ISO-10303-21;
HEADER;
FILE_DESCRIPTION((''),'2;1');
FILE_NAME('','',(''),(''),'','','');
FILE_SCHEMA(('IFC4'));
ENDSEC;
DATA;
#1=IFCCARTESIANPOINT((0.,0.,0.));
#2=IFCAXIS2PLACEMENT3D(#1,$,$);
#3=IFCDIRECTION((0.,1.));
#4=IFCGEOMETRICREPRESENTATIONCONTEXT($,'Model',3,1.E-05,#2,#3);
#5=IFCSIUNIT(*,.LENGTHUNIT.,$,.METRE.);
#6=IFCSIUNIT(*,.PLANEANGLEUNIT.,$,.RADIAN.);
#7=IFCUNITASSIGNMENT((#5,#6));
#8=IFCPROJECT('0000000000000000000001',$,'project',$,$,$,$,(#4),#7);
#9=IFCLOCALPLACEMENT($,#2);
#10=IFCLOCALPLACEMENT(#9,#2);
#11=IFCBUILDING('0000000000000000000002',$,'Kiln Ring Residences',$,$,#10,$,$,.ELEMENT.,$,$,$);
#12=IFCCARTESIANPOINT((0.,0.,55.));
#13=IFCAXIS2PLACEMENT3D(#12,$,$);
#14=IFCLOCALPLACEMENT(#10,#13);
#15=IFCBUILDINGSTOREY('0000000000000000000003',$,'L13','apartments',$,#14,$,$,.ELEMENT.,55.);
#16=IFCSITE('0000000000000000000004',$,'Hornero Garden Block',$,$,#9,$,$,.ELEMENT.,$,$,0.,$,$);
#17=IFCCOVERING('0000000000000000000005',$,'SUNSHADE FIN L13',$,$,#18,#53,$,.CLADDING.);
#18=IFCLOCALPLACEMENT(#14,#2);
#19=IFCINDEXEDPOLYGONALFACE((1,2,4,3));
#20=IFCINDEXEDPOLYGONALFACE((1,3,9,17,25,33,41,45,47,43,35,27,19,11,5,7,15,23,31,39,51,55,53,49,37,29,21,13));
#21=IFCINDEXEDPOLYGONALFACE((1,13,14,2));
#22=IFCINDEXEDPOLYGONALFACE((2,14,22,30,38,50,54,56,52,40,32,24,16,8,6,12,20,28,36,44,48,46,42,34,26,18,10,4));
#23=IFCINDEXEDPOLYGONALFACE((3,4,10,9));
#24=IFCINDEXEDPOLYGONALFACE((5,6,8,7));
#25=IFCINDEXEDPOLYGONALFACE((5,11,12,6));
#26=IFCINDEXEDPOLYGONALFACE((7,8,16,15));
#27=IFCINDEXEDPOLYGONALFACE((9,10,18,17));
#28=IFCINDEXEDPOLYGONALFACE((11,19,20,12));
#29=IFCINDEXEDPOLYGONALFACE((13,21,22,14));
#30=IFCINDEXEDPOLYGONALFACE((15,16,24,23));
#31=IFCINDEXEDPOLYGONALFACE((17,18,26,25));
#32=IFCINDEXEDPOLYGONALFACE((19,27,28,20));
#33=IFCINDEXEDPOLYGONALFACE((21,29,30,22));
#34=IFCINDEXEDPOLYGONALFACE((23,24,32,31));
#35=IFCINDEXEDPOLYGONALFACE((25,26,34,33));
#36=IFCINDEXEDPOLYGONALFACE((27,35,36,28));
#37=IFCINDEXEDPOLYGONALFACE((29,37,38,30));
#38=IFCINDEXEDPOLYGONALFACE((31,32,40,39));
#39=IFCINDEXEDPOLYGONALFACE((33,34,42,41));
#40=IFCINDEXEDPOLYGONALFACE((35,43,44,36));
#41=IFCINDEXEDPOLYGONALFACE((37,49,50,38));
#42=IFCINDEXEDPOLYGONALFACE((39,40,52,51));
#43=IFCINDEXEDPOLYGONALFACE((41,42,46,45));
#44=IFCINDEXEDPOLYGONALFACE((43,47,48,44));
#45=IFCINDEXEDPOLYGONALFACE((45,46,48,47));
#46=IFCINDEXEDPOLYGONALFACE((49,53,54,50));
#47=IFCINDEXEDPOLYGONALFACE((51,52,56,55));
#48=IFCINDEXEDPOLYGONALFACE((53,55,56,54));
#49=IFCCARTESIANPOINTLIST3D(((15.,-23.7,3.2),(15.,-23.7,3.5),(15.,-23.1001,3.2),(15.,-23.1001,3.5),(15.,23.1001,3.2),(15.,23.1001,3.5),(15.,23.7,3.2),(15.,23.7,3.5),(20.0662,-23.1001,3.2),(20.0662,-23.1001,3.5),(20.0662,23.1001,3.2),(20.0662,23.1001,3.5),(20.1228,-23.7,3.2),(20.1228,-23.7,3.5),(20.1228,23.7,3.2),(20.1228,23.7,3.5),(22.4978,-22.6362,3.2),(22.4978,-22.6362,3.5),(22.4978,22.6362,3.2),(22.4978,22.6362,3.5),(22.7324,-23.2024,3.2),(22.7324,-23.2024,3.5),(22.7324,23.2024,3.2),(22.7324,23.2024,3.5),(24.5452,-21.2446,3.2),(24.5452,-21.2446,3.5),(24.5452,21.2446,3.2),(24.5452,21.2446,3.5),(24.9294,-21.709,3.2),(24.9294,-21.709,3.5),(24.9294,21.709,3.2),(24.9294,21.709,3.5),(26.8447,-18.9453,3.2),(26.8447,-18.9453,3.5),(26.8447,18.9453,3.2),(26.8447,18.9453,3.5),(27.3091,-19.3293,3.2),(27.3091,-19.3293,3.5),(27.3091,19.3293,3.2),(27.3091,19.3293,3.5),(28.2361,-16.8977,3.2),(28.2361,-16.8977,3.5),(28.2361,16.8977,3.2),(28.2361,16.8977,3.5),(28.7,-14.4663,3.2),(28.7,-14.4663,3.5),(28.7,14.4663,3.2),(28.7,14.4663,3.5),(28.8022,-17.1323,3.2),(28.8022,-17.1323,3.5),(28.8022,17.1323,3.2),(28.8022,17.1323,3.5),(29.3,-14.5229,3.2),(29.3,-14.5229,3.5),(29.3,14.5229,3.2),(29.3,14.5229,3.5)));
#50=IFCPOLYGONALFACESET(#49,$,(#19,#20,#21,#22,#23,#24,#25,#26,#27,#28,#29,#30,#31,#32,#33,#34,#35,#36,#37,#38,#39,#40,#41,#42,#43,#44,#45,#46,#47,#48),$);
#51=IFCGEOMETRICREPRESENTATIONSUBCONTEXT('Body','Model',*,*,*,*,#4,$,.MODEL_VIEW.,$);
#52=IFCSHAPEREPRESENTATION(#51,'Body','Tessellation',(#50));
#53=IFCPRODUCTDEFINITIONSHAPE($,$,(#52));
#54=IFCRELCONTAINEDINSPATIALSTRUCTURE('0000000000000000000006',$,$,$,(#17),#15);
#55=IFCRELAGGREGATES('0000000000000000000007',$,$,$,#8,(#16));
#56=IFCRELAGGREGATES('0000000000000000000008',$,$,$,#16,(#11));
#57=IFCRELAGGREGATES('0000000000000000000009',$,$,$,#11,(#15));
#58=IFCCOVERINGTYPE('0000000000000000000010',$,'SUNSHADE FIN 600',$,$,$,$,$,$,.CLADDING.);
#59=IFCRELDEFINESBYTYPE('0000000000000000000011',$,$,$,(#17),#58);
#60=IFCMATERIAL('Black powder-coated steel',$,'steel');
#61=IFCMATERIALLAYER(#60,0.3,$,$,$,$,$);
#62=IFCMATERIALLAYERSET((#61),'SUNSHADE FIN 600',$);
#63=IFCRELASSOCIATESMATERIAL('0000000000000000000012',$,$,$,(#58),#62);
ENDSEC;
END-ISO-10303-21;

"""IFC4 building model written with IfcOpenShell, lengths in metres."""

from ifc_helpers import new_model, si_unit, direction, frame, origin, place, context, subcontext, project, spatial, polyline, outline, extrude, material, layer, layer_set, type_object, element, save


model = new_model("IFC4")

# Units and contexts
model_context = context("Model", 3, precision=1e-05, world=origin(), true_north=direction((0.0, 1.0)))
body_context = subcontext(model_context, "Body", "Model", "MODEL_VIEW")
ifc_project = project(units=[si_unit("LENGTHUNIT", "METRE"), si_unit("PLANEANGLEUNIT", "RADIAN")], contexts=[model_context])

# Site, building, storey
site_placement = place(None, origin())
site = spatial("IfcSite", under=ifc_project, at=site_placement, Name="Hornero Garden Block", CompositionType="ELEMENT", RefElevation=0.0)
building_placement = place(site_placement, origin())
building = spatial("IfcBuilding", under=site, at=building_placement, Name="Kiln Ring Residences", CompositionType="ELEMENT")
storey_placement = place(building_placement, frame((0.0, 0.0, 55.0)))
storey = spatial("IfcBuildingStorey", under=building, at=storey_placement, Name="L13", Description="apartments", CompositionType="ELEMENT", Elevation=55.0)

# Covering
ifc_material_1 = material(Name="Black powder-coated steel", Category="steel")
ifc_layer_1 = layer(ifc_material_1, 0.3)
ifc_layer_set_1 = layer_set([ifc_layer_1], Name="SUNSHADE FIN 600")
covering_type = type_object("IfcCoveringType", Name="SUNSHADE FIN 600", PredefinedType="CLADDING", material=ifc_layer_set_1)
placement = place(storey_placement, frame((0.0, 0.0, 3.2)))
element("IfcCovering", 1, at=placement, inside=storey, type_object=covering_type, Name="SUNSHADE FIN L13", PredefinedType="CLADDING", context=body_context, shape_type="SweptSolid", body=[
    extrude(outline(polyline([(20.1228, 23.7), (15.0, 23.7), (15.0, 23.1001), (20.0662, 23.1001), (22.4978, 22.6362), (24.5452, 21.2446), (26.8447, 18.9453), (28.2361, 16.8977), (28.7, 14.4663), (28.7, -14.4663), (28.2361, -16.8977), (26.8447, -18.9453), (24.5452, -21.2446), (22.4978, -22.6362), (20.0662, -23.1001), (15.0, -23.1001), (15.0, -23.7), (20.1228, -23.7), (22.7324, -23.2024), (24.9294, -21.709), (27.3091, -19.3293), (28.8022, -17.1323), (29.3, -14.5229), (29.3, 14.5229), (28.8022, 17.1323), (27.3091, 19.3293), (24.9294, 21.709), (22.7324, 23.2024), (20.1228, 23.7)])), origin(), (0.0, 0.0, 1.0), 0.3),
])

save(model, "model.ifc")
